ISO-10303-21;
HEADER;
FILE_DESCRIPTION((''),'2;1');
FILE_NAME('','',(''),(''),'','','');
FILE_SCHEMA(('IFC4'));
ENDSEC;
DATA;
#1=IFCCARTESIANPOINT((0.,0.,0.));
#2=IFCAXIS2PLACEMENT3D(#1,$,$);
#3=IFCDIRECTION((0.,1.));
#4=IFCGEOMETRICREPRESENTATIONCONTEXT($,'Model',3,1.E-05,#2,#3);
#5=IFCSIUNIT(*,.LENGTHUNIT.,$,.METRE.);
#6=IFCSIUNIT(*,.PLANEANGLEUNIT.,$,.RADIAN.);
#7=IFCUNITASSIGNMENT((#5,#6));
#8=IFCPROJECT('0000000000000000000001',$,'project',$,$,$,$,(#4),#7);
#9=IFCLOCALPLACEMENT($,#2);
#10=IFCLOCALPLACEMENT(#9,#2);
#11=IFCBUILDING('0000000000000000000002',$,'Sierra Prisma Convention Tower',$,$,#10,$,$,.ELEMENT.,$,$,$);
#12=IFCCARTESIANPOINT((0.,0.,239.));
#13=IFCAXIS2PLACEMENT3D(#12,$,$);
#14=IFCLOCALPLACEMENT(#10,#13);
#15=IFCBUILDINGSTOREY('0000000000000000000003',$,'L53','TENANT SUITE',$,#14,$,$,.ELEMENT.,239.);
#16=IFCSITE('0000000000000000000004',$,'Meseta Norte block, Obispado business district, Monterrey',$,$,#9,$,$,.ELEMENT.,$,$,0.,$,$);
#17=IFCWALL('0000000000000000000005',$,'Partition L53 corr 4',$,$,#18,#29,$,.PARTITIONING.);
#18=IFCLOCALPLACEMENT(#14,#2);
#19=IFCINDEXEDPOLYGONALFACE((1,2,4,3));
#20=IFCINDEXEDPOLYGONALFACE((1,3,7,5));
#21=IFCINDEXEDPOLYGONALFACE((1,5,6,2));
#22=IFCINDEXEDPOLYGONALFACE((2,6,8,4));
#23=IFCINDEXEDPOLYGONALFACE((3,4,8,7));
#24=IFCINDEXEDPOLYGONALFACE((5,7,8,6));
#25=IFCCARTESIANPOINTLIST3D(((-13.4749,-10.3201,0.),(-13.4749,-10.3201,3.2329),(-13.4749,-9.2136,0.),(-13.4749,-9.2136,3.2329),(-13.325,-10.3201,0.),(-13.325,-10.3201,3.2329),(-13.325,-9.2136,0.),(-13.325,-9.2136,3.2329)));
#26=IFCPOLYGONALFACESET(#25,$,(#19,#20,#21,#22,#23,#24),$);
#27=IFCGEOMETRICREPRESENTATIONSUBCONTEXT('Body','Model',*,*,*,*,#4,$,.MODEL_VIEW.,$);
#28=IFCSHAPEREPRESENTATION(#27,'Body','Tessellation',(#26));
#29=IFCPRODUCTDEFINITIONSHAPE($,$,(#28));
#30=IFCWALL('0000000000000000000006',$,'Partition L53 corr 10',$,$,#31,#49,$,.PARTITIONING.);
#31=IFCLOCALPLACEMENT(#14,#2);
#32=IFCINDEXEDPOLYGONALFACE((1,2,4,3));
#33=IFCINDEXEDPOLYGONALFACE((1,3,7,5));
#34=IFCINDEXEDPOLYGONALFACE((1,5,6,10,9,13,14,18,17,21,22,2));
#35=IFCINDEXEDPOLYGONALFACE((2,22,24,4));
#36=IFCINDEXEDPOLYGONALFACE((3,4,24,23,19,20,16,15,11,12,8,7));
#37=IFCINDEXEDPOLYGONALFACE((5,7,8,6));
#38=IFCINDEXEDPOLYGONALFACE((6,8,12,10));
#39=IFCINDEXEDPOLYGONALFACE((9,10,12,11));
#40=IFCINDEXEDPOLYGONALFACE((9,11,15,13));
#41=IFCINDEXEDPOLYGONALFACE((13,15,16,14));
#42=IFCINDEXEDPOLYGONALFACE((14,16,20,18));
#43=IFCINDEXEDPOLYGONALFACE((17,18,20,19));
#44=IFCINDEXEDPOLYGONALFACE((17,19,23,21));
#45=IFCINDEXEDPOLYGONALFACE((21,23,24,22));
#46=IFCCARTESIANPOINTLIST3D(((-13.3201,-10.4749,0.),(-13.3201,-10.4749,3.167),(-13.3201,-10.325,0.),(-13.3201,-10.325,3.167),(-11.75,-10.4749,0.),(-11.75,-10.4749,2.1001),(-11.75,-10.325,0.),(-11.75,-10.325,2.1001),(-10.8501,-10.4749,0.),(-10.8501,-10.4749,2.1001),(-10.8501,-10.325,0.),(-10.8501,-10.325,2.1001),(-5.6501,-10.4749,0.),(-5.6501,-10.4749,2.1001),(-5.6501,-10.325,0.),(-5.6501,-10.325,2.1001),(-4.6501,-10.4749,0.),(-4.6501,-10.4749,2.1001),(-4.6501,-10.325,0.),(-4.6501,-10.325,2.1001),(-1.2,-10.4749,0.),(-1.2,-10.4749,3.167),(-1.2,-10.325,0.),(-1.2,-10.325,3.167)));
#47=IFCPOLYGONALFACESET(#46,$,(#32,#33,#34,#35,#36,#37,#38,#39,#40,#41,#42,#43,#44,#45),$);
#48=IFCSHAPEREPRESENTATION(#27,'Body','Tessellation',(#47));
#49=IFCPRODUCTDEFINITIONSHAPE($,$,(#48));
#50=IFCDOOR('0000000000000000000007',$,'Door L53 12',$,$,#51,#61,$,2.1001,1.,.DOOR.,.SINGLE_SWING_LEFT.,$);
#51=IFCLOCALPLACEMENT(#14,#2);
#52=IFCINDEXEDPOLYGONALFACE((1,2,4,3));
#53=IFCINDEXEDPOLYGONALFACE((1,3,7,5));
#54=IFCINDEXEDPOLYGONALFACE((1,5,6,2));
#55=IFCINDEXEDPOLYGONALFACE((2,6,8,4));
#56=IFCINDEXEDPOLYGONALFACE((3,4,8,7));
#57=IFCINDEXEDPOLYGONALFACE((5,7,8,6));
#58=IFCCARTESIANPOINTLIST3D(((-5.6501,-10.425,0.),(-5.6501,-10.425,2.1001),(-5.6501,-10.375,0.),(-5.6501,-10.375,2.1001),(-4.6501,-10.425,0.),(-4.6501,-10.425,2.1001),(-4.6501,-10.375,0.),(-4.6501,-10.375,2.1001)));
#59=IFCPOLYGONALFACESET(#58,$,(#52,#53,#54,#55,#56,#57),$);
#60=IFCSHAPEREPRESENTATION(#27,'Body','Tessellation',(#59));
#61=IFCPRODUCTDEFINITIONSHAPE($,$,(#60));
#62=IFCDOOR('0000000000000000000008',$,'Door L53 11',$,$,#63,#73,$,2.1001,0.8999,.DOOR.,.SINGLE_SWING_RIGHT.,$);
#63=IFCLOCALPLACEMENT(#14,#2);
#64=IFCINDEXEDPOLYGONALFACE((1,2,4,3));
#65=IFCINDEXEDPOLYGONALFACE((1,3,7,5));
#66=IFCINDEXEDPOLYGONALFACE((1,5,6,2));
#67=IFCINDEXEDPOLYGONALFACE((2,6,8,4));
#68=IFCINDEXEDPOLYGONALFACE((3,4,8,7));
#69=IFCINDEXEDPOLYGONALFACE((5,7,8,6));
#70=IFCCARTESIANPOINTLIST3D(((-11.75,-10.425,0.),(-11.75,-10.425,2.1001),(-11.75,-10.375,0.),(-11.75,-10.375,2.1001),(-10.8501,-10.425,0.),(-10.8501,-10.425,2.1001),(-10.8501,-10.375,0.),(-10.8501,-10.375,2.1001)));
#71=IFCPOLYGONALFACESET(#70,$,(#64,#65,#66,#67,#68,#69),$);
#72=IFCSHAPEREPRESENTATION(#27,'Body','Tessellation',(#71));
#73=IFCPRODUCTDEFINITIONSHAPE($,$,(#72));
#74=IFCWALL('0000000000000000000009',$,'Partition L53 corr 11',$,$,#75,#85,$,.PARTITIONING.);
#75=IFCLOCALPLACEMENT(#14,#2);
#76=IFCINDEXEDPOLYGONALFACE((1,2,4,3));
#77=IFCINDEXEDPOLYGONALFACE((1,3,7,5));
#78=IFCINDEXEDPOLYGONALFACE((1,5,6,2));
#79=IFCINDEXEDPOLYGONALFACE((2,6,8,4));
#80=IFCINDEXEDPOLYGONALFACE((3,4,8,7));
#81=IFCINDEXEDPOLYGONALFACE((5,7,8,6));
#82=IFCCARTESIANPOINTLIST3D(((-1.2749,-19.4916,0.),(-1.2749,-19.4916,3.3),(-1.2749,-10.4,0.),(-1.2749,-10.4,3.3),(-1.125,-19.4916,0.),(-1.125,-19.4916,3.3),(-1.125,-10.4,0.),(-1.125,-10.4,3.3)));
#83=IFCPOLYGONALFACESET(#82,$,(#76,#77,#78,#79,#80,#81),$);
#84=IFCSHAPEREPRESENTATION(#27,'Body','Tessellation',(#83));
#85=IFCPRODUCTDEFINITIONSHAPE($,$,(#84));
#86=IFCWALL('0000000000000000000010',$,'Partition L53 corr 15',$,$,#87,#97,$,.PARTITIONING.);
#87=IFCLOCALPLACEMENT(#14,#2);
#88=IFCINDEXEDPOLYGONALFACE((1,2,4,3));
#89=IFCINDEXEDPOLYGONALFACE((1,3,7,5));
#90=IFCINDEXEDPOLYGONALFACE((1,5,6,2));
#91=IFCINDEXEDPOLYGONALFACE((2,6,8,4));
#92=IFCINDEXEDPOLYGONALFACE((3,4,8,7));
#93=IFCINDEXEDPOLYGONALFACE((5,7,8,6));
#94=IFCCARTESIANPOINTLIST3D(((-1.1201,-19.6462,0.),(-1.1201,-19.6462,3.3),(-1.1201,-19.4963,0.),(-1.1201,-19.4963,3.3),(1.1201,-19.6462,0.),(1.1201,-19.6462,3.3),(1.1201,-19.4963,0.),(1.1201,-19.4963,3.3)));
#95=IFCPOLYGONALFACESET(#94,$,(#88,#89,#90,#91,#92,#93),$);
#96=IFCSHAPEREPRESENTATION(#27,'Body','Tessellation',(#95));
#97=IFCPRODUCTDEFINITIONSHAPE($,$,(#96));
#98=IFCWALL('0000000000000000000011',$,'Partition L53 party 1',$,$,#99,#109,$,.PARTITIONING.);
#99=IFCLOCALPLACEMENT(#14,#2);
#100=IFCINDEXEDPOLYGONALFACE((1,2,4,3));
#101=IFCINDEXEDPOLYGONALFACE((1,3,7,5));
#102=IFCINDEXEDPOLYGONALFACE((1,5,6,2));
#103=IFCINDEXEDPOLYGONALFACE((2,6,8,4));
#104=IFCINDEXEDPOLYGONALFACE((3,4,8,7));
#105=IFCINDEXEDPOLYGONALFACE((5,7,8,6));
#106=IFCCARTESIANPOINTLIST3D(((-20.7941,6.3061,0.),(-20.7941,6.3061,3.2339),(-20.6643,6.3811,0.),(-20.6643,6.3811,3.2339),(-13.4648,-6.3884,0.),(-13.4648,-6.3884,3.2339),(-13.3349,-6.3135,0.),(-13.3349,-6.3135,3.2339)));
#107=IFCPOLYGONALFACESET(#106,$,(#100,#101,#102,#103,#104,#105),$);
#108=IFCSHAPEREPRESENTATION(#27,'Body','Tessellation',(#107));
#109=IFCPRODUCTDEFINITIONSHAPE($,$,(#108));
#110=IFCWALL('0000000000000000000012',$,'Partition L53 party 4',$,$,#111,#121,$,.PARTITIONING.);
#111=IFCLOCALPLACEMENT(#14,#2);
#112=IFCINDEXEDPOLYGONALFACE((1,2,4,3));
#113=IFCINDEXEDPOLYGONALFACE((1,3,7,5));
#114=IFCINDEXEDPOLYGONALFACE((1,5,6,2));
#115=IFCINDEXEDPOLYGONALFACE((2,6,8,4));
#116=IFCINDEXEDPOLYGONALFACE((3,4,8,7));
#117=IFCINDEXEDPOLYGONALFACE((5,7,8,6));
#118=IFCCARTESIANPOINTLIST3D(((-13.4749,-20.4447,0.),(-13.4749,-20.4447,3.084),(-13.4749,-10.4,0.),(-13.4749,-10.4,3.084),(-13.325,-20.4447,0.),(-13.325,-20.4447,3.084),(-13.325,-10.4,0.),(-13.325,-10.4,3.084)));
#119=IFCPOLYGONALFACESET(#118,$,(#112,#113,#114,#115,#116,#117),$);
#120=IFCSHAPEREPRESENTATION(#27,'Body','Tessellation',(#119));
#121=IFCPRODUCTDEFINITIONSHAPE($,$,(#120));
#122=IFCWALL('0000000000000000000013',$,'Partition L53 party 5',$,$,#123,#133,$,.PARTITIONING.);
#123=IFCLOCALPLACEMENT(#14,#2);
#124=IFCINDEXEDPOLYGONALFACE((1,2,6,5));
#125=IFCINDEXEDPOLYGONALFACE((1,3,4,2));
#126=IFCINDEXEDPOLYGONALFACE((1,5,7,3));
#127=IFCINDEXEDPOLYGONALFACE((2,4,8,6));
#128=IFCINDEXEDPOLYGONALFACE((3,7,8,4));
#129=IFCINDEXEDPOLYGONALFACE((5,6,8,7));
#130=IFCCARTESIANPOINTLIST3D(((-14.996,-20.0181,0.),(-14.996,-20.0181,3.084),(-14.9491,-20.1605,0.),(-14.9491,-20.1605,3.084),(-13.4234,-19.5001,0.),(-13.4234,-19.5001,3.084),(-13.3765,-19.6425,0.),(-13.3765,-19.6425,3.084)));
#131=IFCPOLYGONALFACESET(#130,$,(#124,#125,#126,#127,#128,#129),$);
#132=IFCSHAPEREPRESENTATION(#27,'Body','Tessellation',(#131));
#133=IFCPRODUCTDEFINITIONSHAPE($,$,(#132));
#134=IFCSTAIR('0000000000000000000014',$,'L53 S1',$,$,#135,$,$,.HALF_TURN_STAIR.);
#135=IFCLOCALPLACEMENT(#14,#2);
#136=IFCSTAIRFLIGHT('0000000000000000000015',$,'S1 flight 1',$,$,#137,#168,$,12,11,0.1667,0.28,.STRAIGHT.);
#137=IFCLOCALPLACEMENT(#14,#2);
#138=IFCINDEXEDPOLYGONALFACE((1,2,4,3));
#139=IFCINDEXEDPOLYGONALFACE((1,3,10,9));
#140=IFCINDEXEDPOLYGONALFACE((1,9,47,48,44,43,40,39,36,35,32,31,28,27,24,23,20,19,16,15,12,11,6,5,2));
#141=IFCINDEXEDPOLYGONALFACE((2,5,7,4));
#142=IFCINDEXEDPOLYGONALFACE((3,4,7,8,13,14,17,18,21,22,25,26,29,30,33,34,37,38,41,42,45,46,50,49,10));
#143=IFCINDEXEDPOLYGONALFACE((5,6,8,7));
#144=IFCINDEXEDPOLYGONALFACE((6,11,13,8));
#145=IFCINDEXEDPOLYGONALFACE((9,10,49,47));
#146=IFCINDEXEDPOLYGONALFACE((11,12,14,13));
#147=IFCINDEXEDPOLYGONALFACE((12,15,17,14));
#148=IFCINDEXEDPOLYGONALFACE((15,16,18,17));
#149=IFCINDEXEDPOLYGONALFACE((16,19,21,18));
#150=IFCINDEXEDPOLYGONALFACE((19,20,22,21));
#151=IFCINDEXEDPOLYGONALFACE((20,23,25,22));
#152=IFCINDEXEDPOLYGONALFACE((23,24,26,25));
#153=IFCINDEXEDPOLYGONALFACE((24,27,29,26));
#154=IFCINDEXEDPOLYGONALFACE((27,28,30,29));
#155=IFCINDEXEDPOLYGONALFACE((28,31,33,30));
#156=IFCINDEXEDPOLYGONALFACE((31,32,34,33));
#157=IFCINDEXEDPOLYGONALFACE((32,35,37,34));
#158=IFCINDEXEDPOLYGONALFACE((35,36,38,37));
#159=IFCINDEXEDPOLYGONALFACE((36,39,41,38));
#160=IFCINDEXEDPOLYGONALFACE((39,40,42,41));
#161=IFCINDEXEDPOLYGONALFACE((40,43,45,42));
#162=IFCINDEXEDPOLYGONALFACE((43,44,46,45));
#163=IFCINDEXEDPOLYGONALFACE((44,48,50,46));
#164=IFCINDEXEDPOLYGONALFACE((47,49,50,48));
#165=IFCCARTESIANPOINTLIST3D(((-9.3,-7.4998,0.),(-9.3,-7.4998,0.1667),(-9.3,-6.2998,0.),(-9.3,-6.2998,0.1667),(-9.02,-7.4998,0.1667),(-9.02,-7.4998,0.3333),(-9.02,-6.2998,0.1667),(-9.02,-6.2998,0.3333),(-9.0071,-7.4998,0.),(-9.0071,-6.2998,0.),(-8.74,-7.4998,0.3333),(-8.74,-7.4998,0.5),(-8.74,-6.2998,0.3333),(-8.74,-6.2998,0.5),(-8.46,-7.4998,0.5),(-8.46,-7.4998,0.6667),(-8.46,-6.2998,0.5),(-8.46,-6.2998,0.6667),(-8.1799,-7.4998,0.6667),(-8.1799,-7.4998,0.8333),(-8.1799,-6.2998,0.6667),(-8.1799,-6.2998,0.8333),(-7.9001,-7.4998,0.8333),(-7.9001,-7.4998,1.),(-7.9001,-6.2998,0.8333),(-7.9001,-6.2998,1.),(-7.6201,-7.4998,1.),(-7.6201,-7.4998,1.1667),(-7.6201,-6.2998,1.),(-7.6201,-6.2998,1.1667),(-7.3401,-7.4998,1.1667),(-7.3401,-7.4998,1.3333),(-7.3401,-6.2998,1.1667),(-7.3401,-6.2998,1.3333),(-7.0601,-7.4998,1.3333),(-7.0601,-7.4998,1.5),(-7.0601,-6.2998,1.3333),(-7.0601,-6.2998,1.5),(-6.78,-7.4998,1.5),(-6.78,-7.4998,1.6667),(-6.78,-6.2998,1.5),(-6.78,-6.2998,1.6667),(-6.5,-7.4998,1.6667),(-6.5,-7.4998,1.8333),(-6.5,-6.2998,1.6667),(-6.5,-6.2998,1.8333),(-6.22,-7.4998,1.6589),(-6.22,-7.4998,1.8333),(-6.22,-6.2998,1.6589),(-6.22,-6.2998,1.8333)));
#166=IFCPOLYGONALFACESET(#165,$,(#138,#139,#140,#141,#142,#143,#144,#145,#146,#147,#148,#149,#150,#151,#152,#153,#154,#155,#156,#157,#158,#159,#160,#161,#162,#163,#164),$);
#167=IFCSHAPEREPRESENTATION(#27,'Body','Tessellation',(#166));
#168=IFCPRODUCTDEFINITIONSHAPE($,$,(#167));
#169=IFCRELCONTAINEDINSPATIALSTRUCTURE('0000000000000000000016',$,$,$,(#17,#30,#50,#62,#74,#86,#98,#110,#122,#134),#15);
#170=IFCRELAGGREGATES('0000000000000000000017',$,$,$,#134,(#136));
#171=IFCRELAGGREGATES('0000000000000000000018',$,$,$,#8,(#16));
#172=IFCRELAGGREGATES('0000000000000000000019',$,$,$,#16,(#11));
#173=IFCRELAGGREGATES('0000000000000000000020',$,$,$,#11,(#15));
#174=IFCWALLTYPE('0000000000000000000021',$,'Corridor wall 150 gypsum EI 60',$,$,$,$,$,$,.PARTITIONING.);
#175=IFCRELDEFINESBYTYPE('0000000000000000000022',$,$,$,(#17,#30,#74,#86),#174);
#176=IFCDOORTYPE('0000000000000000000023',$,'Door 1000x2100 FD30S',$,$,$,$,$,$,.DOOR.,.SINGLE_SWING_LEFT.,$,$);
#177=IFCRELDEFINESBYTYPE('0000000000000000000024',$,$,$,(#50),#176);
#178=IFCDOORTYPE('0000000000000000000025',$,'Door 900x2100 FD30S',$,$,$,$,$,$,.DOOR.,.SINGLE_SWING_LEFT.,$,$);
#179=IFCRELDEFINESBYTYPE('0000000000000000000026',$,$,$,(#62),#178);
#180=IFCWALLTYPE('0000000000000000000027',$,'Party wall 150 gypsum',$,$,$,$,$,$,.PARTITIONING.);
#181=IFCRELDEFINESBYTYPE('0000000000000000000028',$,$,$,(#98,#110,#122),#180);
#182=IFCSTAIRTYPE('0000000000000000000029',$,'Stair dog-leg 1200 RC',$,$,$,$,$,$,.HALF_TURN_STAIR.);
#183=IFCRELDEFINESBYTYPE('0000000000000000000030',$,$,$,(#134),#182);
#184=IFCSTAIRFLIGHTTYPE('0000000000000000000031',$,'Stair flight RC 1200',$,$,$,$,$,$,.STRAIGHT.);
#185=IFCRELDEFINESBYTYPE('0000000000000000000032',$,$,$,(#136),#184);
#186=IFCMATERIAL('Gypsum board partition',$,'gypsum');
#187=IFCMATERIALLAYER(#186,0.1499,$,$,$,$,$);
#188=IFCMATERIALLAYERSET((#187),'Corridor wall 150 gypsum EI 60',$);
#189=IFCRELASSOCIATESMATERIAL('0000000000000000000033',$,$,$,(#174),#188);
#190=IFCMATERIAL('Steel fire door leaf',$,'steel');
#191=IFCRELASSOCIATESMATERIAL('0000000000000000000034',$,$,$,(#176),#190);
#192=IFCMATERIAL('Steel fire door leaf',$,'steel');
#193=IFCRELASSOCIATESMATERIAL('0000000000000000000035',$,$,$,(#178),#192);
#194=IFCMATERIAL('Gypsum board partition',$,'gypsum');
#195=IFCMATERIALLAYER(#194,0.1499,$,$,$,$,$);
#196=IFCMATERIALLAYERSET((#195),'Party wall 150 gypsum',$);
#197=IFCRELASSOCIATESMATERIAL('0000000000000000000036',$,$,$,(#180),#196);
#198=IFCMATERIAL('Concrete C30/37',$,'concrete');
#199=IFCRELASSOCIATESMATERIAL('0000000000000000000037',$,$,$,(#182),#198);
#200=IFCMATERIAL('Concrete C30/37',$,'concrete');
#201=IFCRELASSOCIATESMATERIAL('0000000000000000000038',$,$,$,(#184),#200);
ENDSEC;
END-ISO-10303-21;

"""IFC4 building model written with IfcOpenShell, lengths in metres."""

from ifc_helpers import new_model, si_unit, direction, frame, frame_2d, origin, place, context, subcontext, project, spatial, polyline, rectangle, outline, extrude, material, layer, layer_set, type_object, element, fill, aggregate, save


model = new_model("IFC4")

# Units and contexts
model_context = context("Model", 3, precision=1e-05, world=origin(), true_north=direction((0.0, 1.0)))
body_context = subcontext(model_context, "Body", "Model", "MODEL_VIEW")
ifc_project = project(units=[si_unit("LENGTHUNIT", "METRE"), si_unit("PLANEANGLEUNIT", "RADIAN")], contexts=[model_context])

# Site, building, storey
site_placement = place(None, origin())
site = spatial("IfcSite", under=ifc_project, at=site_placement, Name="Meseta Norte block, Obispado business district, Monterrey", CompositionType="ELEMENT", RefElevation=0.0)
building_placement = place(site_placement, origin())
building = spatial("IfcBuilding", under=site, at=building_placement, Name="Sierra Prisma Convention Tower", CompositionType="ELEMENT")
storey_placement = place(building_placement, frame((0.0, 0.0, 239.0)))
storey = spatial("IfcBuildingStorey", under=building, at=storey_placement, Name="L53", Description="TENANT SUITE", CompositionType="ELEMENT", Elevation=239.0)

# Shared definitions
ifc_material_1 = material(Name="Gypsum board partition", Category="gypsum")
ifc_layer_1 = layer(ifc_material_1, 0.1499)
ifc_layer_set_1 = layer_set([ifc_layer_1], Name="Corridor wall 150 gypsum EI 60")
wall_type_1 = type_object("IfcWallType", Name="Corridor wall 150 gypsum EI 60", PredefinedType="PARTITIONING", material=ifc_layer_set_1)
ifc_material_2 = material(Name="Steel fire door leaf", Category="steel")
door_type_1 = type_object("IfcDoorType", Name="Door 1000x2100 FD30S", OperationType="SINGLE_SWING_LEFT", PredefinedType="DOOR", material=ifc_material_2)
ifc_material_3 = material(Name="Steel fire door leaf", Category="steel")
door_type_2 = type_object("IfcDoorType", Name="Door 900x2100 FD30S", OperationType="SINGLE_SWING_LEFT", PredefinedType="DOOR", material=ifc_material_3)

# Wall
wall_1_placement = place(storey_placement, frame((-13.3999, -9.2136, 0.0), z_axis=(0.0, 0.0, 1.0), x_axis=(0.0, -1.0, 0.0)))
element("IfcWall", 1, at=wall_1_placement, inside=storey, type_object=wall_type_1, Name="Partition L53 corr 4", PredefinedType="PARTITIONING", context=body_context, shape_type="SweptSolid", body=[
    extrude(rectangle(XDim=1.1064, YDim=0.1499, at=frame_2d((0.5532, 0.0))), origin(), (0.0, 0.0, 1.0), 3.2329),
])

# Wall, openings, doors
wall_2_placement = place(storey_placement, frame((-13.3201, -10.3999, 0.0), z_axis=(0.0, 0.0, 1.0), x_axis=(1.0, 0.0, 0.0)))
wall_2 = element("IfcWall", 2, at=wall_2_placement, inside=storey, type_object=wall_type_1, Name="Partition L53 corr 10", PredefinedType="PARTITIONING", context=body_context, shape_type="SweptSolid", body=[
    extrude(rectangle(XDim=12.1201, YDim=0.1499, at=frame_2d((6.0601, 0.0))), origin(), (0.0, 0.0, 1.0), 3.167),
])
opening_1_placement = place(wall_2_placement, frame((1.5701, 0.0, 0.0)))
opening_1 = element("IfcOpeningElement", 3, at=opening_1_placement, cuts=wall_2, PredefinedType="OPENING", context=body_context, shape_type="SweptSolid", body=[
    extrude(rectangle(XDim=0.8999, YDim=2.1001, at=frame_2d((0.45, 1.05))), frame((0.0, 0.075, 0.0), z_axis=(0.0, -1.0, 0.0), x_axis=(1.0, 0.0, 0.0)), (0.0, 0.0, 1.0), 0.1499),
])
opening_2_placement = place(wall_2_placement, frame((7.6699, 0.0, 0.0)))
opening_2 = element("IfcOpeningElement", 4, at=opening_2_placement, cuts=wall_2, PredefinedType="OPENING", context=body_context, shape_type="SweptSolid", body=[
    extrude(rectangle(XDim=1.0, YDim=2.1001, at=frame_2d((0.5, 1.05))), frame((0.0, 0.075, 0.0), z_axis=(0.0, -1.0, 0.0), x_axis=(1.0, 0.0, 0.0)), (0.0, 0.0, 1.0), 0.1499),
])
door_1_placement = place(opening_2_placement, origin())
door_1 = element("IfcDoor", 5, at=door_1_placement, inside=storey, type_object=door_type_1, Name="Door L53 12", OperationType="SINGLE_SWING_LEFT", OverallHeight=2.1001, OverallWidth=1.0, PredefinedType="DOOR", context=body_context, shape_type="SweptSolid", body=[
    extrude(rectangle(XDim=1.0, YDim=2.1001, at=frame_2d((0.5, 1.05))), frame((0.0, 0.0249, 0.0), z_axis=(0.0, -1.0, 0.0), x_axis=(1.0, 0.0, 0.0)), (0.0, 0.0, 1.0), 0.05),
])
fill(opening_2, door_1)
door_2_placement = place(opening_1_placement, origin())
door_2 = element("IfcDoor", 6, at=door_2_placement, inside=storey, type_object=door_type_2, Name="Door L53 11", OperationType="SINGLE_SWING_RIGHT", OverallHeight=2.1001, OverallWidth=0.8999, PredefinedType="DOOR", context=body_context, shape_type="SweptSolid", body=[
    extrude(rectangle(XDim=0.8999, YDim=2.1001, at=frame_2d((0.45, 1.05))), frame((0.0, 0.0249, 0.0), z_axis=(0.0, -1.0, 0.0), x_axis=(1.0, 0.0, 0.0)), (0.0, 0.0, 1.0), 0.05),
])
fill(opening_1, door_2)

# Walls
wall_3_placement = place(storey_placement, frame((-1.2, -10.3999, 0.0), z_axis=(0.0, 0.0, 1.0), x_axis=(0.0, -1.0, 0.0)))
element("IfcWall", 7, at=wall_3_placement, inside=storey, type_object=wall_type_1, Name="Partition L53 corr 11", PredefinedType="PARTITIONING", context=body_context, shape_type="SweptSolid", body=[
    extrude(rectangle(XDim=9.0916, YDim=0.1499, at=frame_2d((4.5459, 0.0))), origin(), (0.0, 0.0, 1.0), 3.3),
])
wall_4_placement = place(storey_placement, frame((-1.1201, -19.5713, 0.0), z_axis=(0.0, 0.0, 1.0), x_axis=(1.0, 0.0, 0.0)))
element("IfcWall", 8, at=wall_4_placement, inside=storey, type_object=wall_type_1, Name="Partition L53 corr 15", PredefinedType="PARTITIONING", context=body_context, shape_type="SweptSolid", body=[
    extrude(rectangle(XDim=2.2402, YDim=0.1499, at=frame_2d((1.1201, 0.0))), origin(), (0.0, 0.0, 1.0), 3.3),
])
ifc_material_4 = material(Name="Gypsum board partition", Category="gypsum")
ifc_layer_2 = layer(ifc_material_4, 0.1499)
ifc_layer_set_2 = layer_set([ifc_layer_2], Name="Party wall 150 gypsum")
wall_type_2 = type_object("IfcWallType", Name="Party wall 150 gypsum", PredefinedType="PARTITIONING", material=ifc_layer_set_2)
wall_5_placement = place(storey_placement, frame((-13.3999, -6.3508, 0.0), z_axis=(0.0, 0.0, 1.0), x_axis=(-0.500006, 0.866022, 0.0)))
element("IfcWall", 9, at=wall_5_placement, inside=storey, type_object=wall_type_2, Name="Partition L53 party 1", PredefinedType="PARTITIONING", context=body_context, shape_type="SweptSolid", body=[
    extrude(rectangle(XDim=14.6584, YDim=0.1499, at=frame_2d((7.3291, 0.0))), origin(), (0.0, 0.0, 1.0), 3.2339),
])
wall_6_placement = place(storey_placement, frame((-13.3999, -10.3999, 0.0), z_axis=(0.0, 0.0, 1.0), x_axis=(0.0, -1.0, 0.0)))
element("IfcWall", 10, at=wall_6_placement, inside=storey, type_object=wall_type_2, Name="Partition L53 party 4", PredefinedType="PARTITIONING", context=body_context, shape_type="SweptSolid", body=[
    extrude(rectangle(XDim=10.0447, YDim=0.1499, at=frame_2d((5.0225, 0.0))), origin(), (0.0, 0.0, 1.0), 3.084),
])
wall_7_placement = place(storey_placement, frame((-13.3999, -19.5713, 0.0), z_axis=(0.0, 0.0, 1.0), x_axis=(-0.949798, -0.312864, 0.0)))
element("IfcWall", 11, at=wall_7_placement, inside=storey, type_object=wall_type_2, Name="Partition L53 party 5", PredefinedType="PARTITIONING", context=body_context, shape_type="SweptSolid", body=[
    extrude(rectangle(XDim=1.6558, YDim=0.1499, at=frame_2d((0.8279, 0.0))), origin(), (0.0, 0.0, 1.0), 3.084),
])

# Stair, stair flight
ifc_material_5 = material(Name="Concrete C30/37", Category="concrete")
stair_type = type_object("IfcStairType", Name="Stair dog-leg 1200 RC", PredefinedType="HALF_TURN_STAIR", material=ifc_material_5)
stair_placement = place(storey_placement, origin())
stair = element("IfcStair", 12, at=stair_placement, inside=storey, type_object=stair_type, Name="L53 S1", PredefinedType="HALF_TURN_STAIR")
ifc_material_6 = material(Name="Concrete C30/37", Category="concrete")
stair_flight_type = type_object("IfcStairFlightType", Name="Stair flight RC 1200", PredefinedType="STRAIGHT", material=ifc_material_6)
stair_flight_placement = place(storey_placement, frame((-9.3, -6.8999, 0.0), z_axis=(0.0, 0.0, 1.0), x_axis=(1.0, 0.0, 0.0)))
stair_flight = element("IfcStairFlight", 13, at=stair_flight_placement, type_object=stair_flight_type, Name="S1 flight 1", NumberOfRisers=12, NumberOfTreads=11, PredefinedType="STRAIGHT", RiserHeight=0.1667, TreadLength=0.28, context=body_context, shape_type="SweptSolid", body=[
    extrude(outline(polyline([(0.0, 0.0), (0.0, 0.1667), (0.28, 0.1667), (0.28, 0.3333), (0.5601, 0.3333), (0.5601, 0.5), (0.8401, 0.5), (0.8401, 0.6667), (1.1201, 0.6667), (1.1201, 0.8333), (1.3999, 0.8333), (1.3999, 1.0), (1.6799, 1.0), (1.6799, 1.1667), (1.96, 1.1667), (1.96, 1.3333), (2.24, 1.3333), (2.24, 1.5), (2.52, 1.5), (2.52, 1.6667), (2.8, 1.6667), (2.8, 1.8333), (3.0801, 1.8333), (3.0801, 2.0), (3.0801, 1.6589), (0.293, 0.0), (0.0, 0.0)])), frame((0.0, 0.6001, 0.0), z_axis=(0.0, -1.0, 0.0), x_axis=(1.0, 0.0, 0.0)), (0.0, 0.0, 1.0), 1.2),
])
aggregate(stair, [stair_flight])

save(model, "model.ifc")
